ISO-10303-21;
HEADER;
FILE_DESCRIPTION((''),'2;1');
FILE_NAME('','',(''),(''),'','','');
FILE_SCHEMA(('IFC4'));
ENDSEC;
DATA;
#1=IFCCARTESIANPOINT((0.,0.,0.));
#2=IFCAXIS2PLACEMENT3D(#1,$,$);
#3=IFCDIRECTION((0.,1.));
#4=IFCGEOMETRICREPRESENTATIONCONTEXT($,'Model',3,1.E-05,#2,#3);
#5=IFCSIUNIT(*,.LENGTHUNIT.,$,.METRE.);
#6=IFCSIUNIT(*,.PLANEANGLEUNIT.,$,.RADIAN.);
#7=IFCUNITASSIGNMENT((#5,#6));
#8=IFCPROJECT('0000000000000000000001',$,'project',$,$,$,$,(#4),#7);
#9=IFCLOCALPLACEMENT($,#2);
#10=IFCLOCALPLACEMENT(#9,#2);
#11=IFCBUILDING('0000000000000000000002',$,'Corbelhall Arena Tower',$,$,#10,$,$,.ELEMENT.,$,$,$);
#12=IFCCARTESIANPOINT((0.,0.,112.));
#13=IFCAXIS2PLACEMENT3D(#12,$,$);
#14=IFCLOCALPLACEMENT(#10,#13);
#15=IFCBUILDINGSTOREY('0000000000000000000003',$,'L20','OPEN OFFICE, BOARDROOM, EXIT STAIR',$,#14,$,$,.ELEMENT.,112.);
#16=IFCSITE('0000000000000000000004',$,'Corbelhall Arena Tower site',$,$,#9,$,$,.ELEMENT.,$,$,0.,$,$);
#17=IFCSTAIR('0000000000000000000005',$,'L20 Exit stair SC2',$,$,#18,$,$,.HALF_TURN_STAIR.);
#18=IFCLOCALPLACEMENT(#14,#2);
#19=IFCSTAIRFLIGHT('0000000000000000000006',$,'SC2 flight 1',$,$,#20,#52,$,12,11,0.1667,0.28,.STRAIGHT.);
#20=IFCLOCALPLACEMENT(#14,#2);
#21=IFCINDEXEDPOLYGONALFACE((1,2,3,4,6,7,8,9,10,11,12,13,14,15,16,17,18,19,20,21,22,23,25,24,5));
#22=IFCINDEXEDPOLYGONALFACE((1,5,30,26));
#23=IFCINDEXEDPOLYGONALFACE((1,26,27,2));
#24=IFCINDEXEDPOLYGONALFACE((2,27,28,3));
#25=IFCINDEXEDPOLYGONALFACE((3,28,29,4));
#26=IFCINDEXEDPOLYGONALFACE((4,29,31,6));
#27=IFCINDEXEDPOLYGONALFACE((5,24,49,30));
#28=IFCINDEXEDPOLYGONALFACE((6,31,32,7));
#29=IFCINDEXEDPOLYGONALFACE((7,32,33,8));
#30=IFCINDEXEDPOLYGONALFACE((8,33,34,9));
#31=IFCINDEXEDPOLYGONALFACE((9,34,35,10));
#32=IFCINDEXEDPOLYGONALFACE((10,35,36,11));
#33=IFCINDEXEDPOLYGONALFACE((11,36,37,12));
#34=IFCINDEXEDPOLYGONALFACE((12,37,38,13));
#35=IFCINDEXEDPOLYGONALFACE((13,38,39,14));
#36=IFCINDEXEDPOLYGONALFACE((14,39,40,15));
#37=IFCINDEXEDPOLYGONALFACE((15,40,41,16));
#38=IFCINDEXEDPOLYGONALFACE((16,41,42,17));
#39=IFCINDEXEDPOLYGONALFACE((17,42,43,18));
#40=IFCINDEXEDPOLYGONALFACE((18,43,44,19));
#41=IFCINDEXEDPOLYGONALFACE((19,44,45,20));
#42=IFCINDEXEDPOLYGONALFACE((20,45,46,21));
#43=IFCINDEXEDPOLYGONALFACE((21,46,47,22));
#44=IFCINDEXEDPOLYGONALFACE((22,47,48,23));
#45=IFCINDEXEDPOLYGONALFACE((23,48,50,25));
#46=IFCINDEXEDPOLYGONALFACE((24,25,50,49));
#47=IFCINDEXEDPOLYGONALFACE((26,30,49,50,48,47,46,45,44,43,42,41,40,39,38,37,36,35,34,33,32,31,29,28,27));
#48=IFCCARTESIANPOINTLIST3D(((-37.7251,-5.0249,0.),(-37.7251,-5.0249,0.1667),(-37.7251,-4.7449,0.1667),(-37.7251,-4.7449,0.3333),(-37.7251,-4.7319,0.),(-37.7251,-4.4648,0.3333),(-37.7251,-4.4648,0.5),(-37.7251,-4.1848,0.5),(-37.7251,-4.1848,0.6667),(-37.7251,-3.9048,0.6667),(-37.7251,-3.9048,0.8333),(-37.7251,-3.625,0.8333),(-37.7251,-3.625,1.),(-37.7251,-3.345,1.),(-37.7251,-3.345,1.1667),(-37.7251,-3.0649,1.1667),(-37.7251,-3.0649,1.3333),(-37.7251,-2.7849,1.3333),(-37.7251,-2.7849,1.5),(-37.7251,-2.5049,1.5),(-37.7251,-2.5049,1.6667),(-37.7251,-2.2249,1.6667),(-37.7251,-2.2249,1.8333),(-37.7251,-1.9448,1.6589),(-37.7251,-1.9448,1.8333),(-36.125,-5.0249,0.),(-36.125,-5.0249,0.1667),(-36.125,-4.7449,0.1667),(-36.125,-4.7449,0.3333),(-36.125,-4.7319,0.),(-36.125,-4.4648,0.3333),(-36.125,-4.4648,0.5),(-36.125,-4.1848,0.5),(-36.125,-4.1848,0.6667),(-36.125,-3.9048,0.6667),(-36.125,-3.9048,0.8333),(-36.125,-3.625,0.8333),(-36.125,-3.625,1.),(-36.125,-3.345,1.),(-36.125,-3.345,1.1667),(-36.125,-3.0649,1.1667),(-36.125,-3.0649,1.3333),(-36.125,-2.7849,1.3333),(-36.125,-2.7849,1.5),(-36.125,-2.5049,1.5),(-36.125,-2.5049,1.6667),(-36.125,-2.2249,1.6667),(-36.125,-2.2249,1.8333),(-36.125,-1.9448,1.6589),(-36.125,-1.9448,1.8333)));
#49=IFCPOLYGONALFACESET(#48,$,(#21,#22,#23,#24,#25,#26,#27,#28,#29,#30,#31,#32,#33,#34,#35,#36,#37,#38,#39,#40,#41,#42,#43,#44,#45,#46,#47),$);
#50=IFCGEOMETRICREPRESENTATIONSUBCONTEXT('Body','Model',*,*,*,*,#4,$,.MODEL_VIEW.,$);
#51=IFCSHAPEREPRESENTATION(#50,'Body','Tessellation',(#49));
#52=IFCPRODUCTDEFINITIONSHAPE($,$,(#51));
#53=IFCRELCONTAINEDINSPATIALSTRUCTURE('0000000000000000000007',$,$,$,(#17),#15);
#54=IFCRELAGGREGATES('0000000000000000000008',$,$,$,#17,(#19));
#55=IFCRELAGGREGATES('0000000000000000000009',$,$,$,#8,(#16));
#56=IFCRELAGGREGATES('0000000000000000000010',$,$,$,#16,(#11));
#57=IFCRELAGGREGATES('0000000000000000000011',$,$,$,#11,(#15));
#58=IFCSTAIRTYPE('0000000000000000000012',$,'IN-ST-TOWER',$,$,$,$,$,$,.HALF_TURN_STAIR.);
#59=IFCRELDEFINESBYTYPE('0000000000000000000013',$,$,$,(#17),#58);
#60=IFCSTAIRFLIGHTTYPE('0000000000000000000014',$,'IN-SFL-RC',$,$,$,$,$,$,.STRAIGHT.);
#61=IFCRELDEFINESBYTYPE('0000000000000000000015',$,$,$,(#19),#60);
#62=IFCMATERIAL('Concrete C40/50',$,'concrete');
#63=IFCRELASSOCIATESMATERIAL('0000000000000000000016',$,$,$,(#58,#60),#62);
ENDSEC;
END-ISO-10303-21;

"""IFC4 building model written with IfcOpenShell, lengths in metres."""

from ifc_helpers import new_model, si_unit, direction, frame, origin, place, context, subcontext, project, spatial, polyline, outline, extrude, material, type_object, element, aggregate, save


model = new_model("IFC4")

# Units and contexts
model_context = context("Model", 3, precision=1e-05, world=origin(), true_north=direction((0.0, 1.0)))
body_context = subcontext(model_context, "Body", "Model", "MODEL_VIEW")
ifc_project = project(units=[si_unit("LENGTHUNIT", "METRE"), si_unit("PLANEANGLEUNIT", "RADIAN")], contexts=[model_context])

# Site, building, storey
site_placement = place(None, origin())
site = spatial("IfcSite", under=ifc_project, at=site_placement, Name="Corbelhall Arena Tower site", CompositionType="ELEMENT", RefElevation=0.0)
building_placement = place(site_placement, origin())
building = spatial("IfcBuilding", under=site, at=building_placement, Name="Corbelhall Arena Tower", CompositionType="ELEMENT")
storey_placement = place(building_placement, frame((0.0, 0.0, 112.0)))
storey = spatial("IfcBuildingStorey", under=building, at=storey_placement, Name="L20", Description="OPEN OFFICE, BOARDROOM, EXIT STAIR", CompositionType="ELEMENT", Elevation=112.0)

# Shared definitions
ifc_material_1 = material(Name="Concrete C40/50", Category="concrete")

# Stair, stair flight
stair_type = type_object("IfcStairType", Name="IN-ST-TOWER", PredefinedType="HALF_TURN_STAIR", material=ifc_material_1)
stair_placement = place(storey_placement, origin())
stair = element("IfcStair", 1, at=stair_placement, inside=storey, type_object=stair_type, Name="L20 Exit stair SC2", PredefinedType="HALF_TURN_STAIR")
stair_flight_type = type_object("IfcStairFlightType", Name="IN-SFL-RC", PredefinedType="STRAIGHT", material=ifc_material_1)
stair_flight_placement = place(storey_placement, frame((-36.925, -5.0249, 0.0), z_axis=(0.0, 0.0, 1.0), x_axis=(0.0, 1.0, 0.0)))
stair_flight = element("IfcStairFlight", 2, at=stair_flight_placement, type_object=stair_flight_type, Name="SC2 flight 1", NumberOfRisers=12, NumberOfTreads=11, PredefinedType="STRAIGHT", RiserHeight=0.1667, TreadLength=0.28, context=body_context, shape_type="SweptSolid", body=[
    extrude(outline(polyline([(0.0, 0.0), (0.0, 0.1667), (0.28, 0.1667), (0.28, 0.3333), (0.5601, 0.3333), (0.5601, 0.5), (0.8401, 0.5), (0.8401, 0.6667), (1.1201, 0.6667), (1.1201, 0.8333), (1.3999, 0.8333), (1.3999, 1.0), (1.6799, 1.0), (1.6799, 1.1667), (1.96, 1.1667), (1.96, 1.3333), (2.24, 1.3333), (2.24, 1.5), (2.52, 1.5), (2.52, 1.6667), (2.8, 1.6667), (2.8, 1.8333), (3.0801, 1.8333), (3.0801, 2.0), (3.0801, 1.6589), (0.293, 0.0), (0.0, 0.0)])), frame((0.0, 0.8, 0.0), z_axis=(0.0, -1.0, 0.0), x_axis=(1.0, 0.0, 0.0)), (0.0, 0.0, 1.0), 1.6001),
])
aggregate(stair, [stair_flight])

save(model, "model.ifc")
